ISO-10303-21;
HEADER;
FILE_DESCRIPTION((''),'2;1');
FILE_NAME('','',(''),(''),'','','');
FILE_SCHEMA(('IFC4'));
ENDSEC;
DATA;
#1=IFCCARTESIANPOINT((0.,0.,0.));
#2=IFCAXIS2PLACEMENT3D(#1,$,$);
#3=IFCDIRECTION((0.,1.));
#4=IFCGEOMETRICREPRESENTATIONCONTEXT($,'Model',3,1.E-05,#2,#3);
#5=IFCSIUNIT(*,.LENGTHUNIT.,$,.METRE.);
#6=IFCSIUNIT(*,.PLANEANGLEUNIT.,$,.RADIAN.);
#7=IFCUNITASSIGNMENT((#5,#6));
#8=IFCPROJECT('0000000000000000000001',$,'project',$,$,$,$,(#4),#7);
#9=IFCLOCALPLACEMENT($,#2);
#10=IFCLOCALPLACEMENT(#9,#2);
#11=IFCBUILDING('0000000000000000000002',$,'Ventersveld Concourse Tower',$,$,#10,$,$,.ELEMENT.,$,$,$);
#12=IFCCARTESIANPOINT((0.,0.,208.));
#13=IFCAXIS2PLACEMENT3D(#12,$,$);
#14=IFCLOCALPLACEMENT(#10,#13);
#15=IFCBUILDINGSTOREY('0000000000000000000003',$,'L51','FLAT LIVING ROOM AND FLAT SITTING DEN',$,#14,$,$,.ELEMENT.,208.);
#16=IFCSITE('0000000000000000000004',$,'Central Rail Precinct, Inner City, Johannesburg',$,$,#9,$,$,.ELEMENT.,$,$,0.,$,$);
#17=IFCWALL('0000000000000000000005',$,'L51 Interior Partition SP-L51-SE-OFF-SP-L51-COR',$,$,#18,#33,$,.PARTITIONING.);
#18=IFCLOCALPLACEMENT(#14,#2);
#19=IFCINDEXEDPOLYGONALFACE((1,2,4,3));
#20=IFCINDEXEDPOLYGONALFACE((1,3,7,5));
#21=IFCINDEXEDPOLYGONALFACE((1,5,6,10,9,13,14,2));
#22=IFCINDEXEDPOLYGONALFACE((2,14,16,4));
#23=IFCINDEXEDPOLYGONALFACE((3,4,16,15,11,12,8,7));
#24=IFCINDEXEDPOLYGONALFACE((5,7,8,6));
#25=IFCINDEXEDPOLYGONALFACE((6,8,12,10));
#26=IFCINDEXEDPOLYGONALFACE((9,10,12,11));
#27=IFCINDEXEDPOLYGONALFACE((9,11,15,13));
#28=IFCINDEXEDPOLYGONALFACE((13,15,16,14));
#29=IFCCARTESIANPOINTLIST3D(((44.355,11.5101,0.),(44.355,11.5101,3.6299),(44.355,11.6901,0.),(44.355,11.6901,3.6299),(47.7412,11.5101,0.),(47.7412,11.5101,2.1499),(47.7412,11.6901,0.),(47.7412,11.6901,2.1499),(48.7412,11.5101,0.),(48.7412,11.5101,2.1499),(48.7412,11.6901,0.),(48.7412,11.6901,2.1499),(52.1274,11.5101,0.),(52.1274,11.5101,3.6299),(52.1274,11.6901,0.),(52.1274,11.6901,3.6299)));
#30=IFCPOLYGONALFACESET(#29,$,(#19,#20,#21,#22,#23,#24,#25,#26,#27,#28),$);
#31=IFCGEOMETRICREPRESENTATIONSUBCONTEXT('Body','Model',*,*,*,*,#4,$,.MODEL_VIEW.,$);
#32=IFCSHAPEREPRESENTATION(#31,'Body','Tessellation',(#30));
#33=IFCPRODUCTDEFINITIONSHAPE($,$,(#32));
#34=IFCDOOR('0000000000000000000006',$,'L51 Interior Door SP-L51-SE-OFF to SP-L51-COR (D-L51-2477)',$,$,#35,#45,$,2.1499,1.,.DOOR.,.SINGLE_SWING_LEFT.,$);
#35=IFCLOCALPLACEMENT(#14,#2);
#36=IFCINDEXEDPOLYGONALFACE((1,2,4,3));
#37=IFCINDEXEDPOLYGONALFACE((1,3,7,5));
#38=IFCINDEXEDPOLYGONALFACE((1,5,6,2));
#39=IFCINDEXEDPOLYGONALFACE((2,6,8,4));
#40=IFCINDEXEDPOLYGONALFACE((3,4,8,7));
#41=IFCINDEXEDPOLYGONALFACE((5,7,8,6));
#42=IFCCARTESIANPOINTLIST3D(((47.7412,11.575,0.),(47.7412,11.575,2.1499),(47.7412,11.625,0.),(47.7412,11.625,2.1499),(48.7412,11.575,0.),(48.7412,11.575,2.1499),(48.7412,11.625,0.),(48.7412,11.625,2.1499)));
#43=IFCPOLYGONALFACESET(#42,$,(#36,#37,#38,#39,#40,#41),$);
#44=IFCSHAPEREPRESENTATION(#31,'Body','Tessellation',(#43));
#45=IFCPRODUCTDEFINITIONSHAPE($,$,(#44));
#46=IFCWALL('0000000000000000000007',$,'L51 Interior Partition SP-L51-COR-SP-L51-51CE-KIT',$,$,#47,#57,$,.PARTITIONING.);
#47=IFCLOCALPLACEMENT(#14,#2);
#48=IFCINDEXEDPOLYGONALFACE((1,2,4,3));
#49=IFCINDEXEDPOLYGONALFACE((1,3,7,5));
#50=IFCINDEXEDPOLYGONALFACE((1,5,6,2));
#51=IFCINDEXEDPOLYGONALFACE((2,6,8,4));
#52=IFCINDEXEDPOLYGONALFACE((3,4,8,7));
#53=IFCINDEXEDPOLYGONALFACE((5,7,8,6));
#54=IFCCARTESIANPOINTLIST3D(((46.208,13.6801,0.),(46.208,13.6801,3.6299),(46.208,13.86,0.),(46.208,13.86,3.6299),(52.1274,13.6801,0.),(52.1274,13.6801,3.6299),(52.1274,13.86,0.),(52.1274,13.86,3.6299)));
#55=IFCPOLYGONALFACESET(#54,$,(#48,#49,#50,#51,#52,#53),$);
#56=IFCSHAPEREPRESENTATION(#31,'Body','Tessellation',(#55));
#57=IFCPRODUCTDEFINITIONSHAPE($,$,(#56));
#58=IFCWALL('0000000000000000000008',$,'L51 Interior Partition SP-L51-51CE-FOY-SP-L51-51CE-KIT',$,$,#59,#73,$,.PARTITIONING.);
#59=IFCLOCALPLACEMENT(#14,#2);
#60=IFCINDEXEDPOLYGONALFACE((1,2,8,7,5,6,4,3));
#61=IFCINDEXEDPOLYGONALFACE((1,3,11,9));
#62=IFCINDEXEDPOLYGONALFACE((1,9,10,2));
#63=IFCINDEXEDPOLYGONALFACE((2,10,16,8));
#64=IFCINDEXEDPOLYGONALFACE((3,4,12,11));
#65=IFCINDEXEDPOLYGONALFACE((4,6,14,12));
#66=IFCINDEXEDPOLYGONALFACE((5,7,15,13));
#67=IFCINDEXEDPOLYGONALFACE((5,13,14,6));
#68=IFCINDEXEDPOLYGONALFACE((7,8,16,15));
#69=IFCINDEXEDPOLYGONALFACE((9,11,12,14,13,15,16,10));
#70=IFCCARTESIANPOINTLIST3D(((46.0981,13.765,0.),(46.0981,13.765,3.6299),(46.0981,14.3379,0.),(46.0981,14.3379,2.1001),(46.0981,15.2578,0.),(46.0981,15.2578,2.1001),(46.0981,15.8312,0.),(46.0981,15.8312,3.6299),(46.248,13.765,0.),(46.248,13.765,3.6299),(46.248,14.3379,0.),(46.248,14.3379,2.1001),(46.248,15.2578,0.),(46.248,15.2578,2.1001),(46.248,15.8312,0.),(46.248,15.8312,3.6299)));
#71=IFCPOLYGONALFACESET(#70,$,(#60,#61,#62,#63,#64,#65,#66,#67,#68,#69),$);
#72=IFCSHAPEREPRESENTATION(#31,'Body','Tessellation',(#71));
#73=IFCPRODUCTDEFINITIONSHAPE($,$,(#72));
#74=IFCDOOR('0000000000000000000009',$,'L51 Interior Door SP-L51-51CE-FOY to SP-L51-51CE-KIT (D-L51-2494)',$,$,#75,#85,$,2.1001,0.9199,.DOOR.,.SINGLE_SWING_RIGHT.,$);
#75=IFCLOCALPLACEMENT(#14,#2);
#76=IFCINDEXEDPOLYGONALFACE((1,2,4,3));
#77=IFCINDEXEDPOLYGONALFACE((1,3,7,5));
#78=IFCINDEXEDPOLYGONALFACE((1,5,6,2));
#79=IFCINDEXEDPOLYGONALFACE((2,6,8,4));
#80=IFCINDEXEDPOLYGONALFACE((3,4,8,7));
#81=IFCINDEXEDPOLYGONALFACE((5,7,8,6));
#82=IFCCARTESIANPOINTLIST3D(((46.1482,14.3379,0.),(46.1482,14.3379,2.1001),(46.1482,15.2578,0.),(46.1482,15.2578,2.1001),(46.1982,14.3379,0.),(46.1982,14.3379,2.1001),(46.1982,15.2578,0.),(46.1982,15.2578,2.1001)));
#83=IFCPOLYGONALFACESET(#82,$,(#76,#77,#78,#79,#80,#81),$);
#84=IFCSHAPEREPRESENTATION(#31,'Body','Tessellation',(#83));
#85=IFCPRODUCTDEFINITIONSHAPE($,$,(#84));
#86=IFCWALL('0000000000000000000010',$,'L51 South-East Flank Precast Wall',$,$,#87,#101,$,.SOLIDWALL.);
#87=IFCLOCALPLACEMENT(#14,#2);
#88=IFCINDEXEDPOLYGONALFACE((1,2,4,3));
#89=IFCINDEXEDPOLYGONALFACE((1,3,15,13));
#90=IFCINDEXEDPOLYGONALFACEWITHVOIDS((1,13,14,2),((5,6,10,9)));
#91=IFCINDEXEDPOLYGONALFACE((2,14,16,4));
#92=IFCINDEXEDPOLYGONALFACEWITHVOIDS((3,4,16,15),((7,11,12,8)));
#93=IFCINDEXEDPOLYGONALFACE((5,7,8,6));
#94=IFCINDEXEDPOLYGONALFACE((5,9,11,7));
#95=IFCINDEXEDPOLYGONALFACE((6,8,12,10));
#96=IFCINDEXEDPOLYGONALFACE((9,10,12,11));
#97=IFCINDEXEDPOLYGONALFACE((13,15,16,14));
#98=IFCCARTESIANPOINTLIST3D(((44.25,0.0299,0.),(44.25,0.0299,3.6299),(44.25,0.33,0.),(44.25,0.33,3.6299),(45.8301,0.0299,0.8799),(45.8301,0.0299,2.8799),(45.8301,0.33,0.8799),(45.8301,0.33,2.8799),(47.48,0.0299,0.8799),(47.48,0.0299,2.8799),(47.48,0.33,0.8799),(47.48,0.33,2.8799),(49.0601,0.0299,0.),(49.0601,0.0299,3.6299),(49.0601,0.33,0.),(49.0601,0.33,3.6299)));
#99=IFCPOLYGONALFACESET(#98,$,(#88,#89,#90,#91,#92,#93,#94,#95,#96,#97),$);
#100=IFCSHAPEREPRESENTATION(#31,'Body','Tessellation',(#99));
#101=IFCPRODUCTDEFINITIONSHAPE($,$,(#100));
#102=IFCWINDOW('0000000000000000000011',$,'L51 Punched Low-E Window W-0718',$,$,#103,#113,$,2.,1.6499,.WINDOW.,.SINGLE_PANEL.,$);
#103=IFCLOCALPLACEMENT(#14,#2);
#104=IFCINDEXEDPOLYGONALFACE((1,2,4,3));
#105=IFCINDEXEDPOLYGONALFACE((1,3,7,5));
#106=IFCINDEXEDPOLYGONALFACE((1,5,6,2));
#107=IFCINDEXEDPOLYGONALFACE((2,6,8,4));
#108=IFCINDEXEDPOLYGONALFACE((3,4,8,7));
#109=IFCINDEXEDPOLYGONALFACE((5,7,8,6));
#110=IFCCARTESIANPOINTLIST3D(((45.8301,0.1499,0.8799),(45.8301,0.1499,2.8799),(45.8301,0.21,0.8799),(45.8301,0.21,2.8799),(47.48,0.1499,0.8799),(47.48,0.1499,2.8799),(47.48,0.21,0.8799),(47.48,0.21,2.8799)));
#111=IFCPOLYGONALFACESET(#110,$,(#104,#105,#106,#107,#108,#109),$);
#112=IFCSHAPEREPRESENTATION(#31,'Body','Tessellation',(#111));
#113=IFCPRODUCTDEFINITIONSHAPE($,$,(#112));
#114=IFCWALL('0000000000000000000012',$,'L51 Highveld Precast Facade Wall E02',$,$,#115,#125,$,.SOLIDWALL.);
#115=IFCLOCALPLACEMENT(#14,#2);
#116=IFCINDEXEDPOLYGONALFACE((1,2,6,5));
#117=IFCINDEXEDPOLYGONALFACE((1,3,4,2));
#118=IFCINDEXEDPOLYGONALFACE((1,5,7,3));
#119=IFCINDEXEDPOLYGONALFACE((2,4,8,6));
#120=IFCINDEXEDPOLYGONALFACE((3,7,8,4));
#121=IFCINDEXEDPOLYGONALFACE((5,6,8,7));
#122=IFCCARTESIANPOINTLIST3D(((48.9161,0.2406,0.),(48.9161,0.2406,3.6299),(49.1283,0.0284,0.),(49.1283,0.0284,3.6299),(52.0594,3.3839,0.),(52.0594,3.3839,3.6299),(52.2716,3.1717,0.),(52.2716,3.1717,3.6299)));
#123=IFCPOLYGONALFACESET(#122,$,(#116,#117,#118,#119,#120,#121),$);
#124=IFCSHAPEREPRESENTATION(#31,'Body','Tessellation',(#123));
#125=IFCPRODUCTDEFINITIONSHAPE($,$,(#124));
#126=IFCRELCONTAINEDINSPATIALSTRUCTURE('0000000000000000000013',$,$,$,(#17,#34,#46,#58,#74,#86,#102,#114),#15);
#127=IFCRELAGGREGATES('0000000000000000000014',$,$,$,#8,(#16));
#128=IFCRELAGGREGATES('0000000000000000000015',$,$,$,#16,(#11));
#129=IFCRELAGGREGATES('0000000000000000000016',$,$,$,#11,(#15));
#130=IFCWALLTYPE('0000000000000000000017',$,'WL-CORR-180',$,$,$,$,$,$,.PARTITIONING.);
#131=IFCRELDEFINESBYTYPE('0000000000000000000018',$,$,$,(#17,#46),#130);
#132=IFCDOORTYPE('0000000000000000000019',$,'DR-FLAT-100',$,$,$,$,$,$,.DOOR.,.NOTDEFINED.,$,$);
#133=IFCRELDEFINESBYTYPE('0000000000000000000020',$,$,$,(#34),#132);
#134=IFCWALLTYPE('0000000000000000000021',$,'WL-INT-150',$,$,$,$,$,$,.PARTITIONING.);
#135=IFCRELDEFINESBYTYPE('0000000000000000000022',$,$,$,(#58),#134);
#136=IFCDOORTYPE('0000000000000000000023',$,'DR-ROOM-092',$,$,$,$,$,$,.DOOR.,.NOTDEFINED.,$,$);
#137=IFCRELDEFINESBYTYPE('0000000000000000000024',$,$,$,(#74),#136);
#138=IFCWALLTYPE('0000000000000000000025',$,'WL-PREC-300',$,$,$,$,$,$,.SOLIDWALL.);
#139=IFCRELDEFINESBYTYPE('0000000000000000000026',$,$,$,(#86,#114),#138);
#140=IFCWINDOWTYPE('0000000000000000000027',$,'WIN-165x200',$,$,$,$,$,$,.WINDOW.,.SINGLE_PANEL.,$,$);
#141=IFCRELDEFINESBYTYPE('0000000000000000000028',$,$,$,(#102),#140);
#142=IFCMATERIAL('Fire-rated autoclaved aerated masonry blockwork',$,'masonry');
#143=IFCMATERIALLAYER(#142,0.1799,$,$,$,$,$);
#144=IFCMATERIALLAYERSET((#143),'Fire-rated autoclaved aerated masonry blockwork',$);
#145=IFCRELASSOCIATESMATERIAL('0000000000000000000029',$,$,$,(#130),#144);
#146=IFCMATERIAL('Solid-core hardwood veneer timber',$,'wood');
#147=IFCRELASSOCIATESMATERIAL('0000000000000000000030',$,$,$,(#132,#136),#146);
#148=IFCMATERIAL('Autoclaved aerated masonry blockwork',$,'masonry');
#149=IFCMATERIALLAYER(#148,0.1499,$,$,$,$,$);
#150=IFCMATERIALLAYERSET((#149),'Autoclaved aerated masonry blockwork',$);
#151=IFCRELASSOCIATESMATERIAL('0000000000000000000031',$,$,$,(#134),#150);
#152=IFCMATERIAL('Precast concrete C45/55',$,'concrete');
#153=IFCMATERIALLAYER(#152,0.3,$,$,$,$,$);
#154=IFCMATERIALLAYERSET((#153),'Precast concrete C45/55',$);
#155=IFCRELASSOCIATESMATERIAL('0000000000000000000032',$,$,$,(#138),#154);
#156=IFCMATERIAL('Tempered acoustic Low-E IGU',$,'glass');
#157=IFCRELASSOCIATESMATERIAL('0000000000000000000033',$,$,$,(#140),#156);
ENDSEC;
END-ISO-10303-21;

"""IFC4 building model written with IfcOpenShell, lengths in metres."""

from ifc_helpers import new_model, si_unit, direction, frame, frame_2d, origin, place, context, subcontext, project, spatial, rectangle, extrude, material, layer, layer_set, type_object, element, fill, save


model = new_model("IFC4")

# Units and contexts
model_context = context("Model", 3, precision=1e-05, world=origin(), true_north=direction((0.0, 1.0)))
body_context = subcontext(model_context, "Body", "Model", "MODEL_VIEW")
ifc_project = project(units=[si_unit("LENGTHUNIT", "METRE"), si_unit("PLANEANGLEUNIT", "RADIAN")], contexts=[model_context])

# Site, building, storey
site_placement = place(None, origin())
site = spatial("IfcSite", under=ifc_project, at=site_placement, Name="Central Rail Precinct, Inner City, Johannesburg", CompositionType="ELEMENT", RefElevation=0.0)
building_placement = place(site_placement, origin())
building = spatial("IfcBuilding", under=site, at=building_placement, Name="Ventersveld Concourse Tower", CompositionType="ELEMENT")
storey_placement = place(building_placement, frame((0.0, 0.0, 208.0)))
storey = spatial("IfcBuildingStorey", under=building, at=storey_placement, Name="L51", Description="FLAT LIVING ROOM AND FLAT SITTING DEN", CompositionType="ELEMENT", Elevation=208.0)

# Wall, opening, door
ifc_material_1 = material(Name="Fire-rated autoclaved aerated masonry blockwork", Category="masonry")
ifc_layer_1 = layer(ifc_material_1, 0.1799)
ifc_layer_set_1 = layer_set([ifc_layer_1], Name="Fire-rated autoclaved aerated masonry blockwork")
wall_type_1 = type_object("IfcWallType", Name="WL-CORR-180", PredefinedType="PARTITIONING", material=ifc_layer_set_1)
wall_1_placement = place(storey_placement, frame((44.355, 11.6001, 0.0), z_axis=(0.0, 0.0, 1.0), x_axis=(1.0, 0.0, 0.0)))
wall_1 = element("IfcWall", 1, at=wall_1_placement, inside=storey, type_object=wall_type_1, Name="L51 Interior Partition SP-L51-SE-OFF-SP-L51-COR", PredefinedType="PARTITIONING", context=body_context, shape_type="SweptSolid", body=[
    extrude(rectangle(XDim=7.7725, YDim=0.1799, at=frame_2d((3.8862, 0.0))), origin(), (0.0, 0.0, 1.0), 3.6299),
])
opening_1_placement = place(wall_1_placement, frame((3.3862, 0.0, 0.0)))
opening_1 = element("IfcOpeningElement", 2, at=opening_1_placement, cuts=wall_1, PredefinedType="OPENING", context=body_context, shape_type="SweptSolid", body=[
    extrude(rectangle(XDim=1.0, YDim=2.1499, at=frame_2d((0.5, 1.075))), frame((0.0, 0.1001, 0.0), z_axis=(0.0, -1.0, 0.0), x_axis=(1.0, 0.0, 0.0)), (0.0, 0.0, 1.0), 0.2),
])
ifc_material_2 = material(Name="Solid-core hardwood veneer timber", Category="wood")
door_type_1 = type_object("IfcDoorType", Name="DR-FLAT-100", OperationType="NOTDEFINED", PredefinedType="DOOR", material=ifc_material_2)
door_1_placement = place(opening_1_placement, origin())
door_1 = element("IfcDoor", 3, at=door_1_placement, inside=storey, type_object=door_type_1, Name="L51 Interior Door SP-L51-SE-OFF to SP-L51-COR (D-L51-2477)", OperationType="SINGLE_SWING_LEFT", OverallHeight=2.1499, OverallWidth=1.0, PredefinedType="DOOR", context=body_context, shape_type="SweptSolid", body=[
    extrude(rectangle(XDim=1.0, YDim=2.1499, at=frame_2d((0.5, 1.075))), frame((0.0, 0.0249, 0.0), z_axis=(0.0, -1.0, 0.0), x_axis=(1.0, 0.0, 0.0)), (0.0, 0.0, 1.0), 0.05),
])
fill(opening_1, door_1)

# Wall
wall_2_placement = place(storey_placement, frame((46.208, 13.77, 0.0), z_axis=(0.0, 0.0, 1.0), x_axis=(1.0, 0.0, 0.0)))
element("IfcWall", 4, at=wall_2_placement, inside=storey, type_object=wall_type_1, Name="L51 Interior Partition SP-L51-COR-SP-L51-51CE-KIT", PredefinedType="PARTITIONING", context=body_context, shape_type="SweptSolid", body=[
    extrude(rectangle(XDim=5.9194, YDim=0.1799, at=frame_2d((2.9597, 0.0))), origin(), (0.0, 0.0, 1.0), 3.6299),
])

# Wall, opening, door
ifc_material_3 = material(Name="Autoclaved aerated masonry blockwork", Category="masonry")
ifc_layer_2 = layer(ifc_material_3, 0.1499)
ifc_layer_set_2 = layer_set([ifc_layer_2], Name="Autoclaved aerated masonry blockwork")
wall_type_2 = type_object("IfcWallType", Name="WL-INT-150", PredefinedType="PARTITIONING", material=ifc_layer_set_2)
wall_3_placement = place(storey_placement, frame((46.1731, 13.7649, 0.0), z_axis=(0.0, 0.0, 1.0), x_axis=(0.0, 1.0, 0.0)))
wall_3 = element("IfcWall", 5, at=wall_3_placement, inside=storey, type_object=wall_type_2, Name="L51 Interior Partition SP-L51-51CE-FOY-SP-L51-51CE-KIT", PredefinedType="PARTITIONING", context=body_context, shape_type="SweptSolid", body=[
    extrude(rectangle(XDim=2.0662, YDim=0.1499, at=frame_2d((1.0332, 0.0))), origin(), (0.0, 0.0, 1.0), 3.6299),
])
opening_2_placement = place(wall_3_placement, frame((0.573, 0.0, 0.0)))
opening_2 = element("IfcOpeningElement", 6, at=opening_2_placement, cuts=wall_3, PredefinedType="OPENING", context=body_context, shape_type="SweptSolid", body=[
    extrude(rectangle(XDim=0.9199, YDim=2.1001, at=frame_2d((0.46, 1.05))), frame((0.0, 0.085, 0.0), z_axis=(0.0, -1.0, 0.0), x_axis=(1.0, 0.0, 0.0)), (0.0, 0.0, 1.0), 0.1699),
])
door_type_2 = type_object("IfcDoorType", Name="DR-ROOM-092", OperationType="NOTDEFINED", PredefinedType="DOOR", material=ifc_material_2)
door_2_placement = place(opening_2_placement, origin())
door_2 = element("IfcDoor", 7, at=door_2_placement, inside=storey, type_object=door_type_2, Name="L51 Interior Door SP-L51-51CE-FOY to SP-L51-51CE-KIT (D-L51-2494)", OperationType="SINGLE_SWING_RIGHT", OverallHeight=2.1001, OverallWidth=0.9199, PredefinedType="DOOR", context=body_context, shape_type="SweptSolid", body=[
    extrude(rectangle(XDim=0.9199, YDim=2.1001, at=frame_2d((0.46, 1.05))), frame((0.0, 0.0249, 0.0), z_axis=(0.0, -1.0, 0.0), x_axis=(1.0, 0.0, 0.0)), (0.0, 0.0, 1.0), 0.05),
])
fill(opening_2, door_2)

# Wall, opening, window
ifc_material_4 = material(Name="Precast concrete C45/55", Category="concrete")
ifc_layer_3 = layer(ifc_material_4, 0.3)
ifc_layer_set_3 = layer_set([ifc_layer_3], Name="Precast concrete C45/55")
wall_type_3 = type_object("IfcWallType", Name="WL-PREC-300", PredefinedType="SOLIDWALL", material=ifc_layer_set_3)
wall_4_placement = place(storey_placement, frame((44.25, 0.1799, 0.0), z_axis=(0.0, 0.0, 1.0), x_axis=(1.0, 0.0, 0.0)))
wall_4 = element("IfcWall", 8, at=wall_4_placement, inside=storey, type_object=wall_type_3, Name="L51 South-East Flank Precast Wall", PredefinedType="SOLIDWALL", context=body_context, shape_type="SweptSolid", body=[
    extrude(rectangle(XDim=4.8101, YDim=0.3, at=frame_2d((2.405, 0.0))), origin(), (0.0, 0.0, 1.0), 3.6299),
])
opening_3_placement = place(wall_4_placement, frame((1.5801, 0.0, 0.8799)))
opening_3 = element("IfcOpeningElement", 9, at=opening_3_placement, cuts=wall_4, PredefinedType="OPENING", context=body_context, shape_type="SweptSolid", body=[
    extrude(rectangle(XDim=1.6499, YDim=2.0, at=frame_2d((0.825, 1.0))), frame((0.0, 0.1602, 0.0), z_axis=(0.0, -1.0, 0.0), x_axis=(1.0, 0.0, 0.0)), (0.0, 0.0, 1.0), 0.3201),
])
ifc_material_5 = material(Name="Tempered acoustic Low-E IGU", Category="glass")
window_type_1 = type_object("IfcWindowType", Name="WIN-165x200", PartitioningType="SINGLE_PANEL", PredefinedType="WINDOW", material=ifc_material_5)
window_1_placement = place(opening_3_placement, origin())
window_1 = element("IfcWindow", 10, at=window_1_placement, inside=storey, type_object=window_type_1, Name="L51 Punched Low-E Window W-0718", OverallHeight=2.0, OverallWidth=1.6499, PartitioningType="SINGLE_PANEL", PredefinedType="WINDOW", context=body_context, shape_type="SweptSolid", body=[
    extrude(rectangle(XDim=1.6499, YDim=2.0, at=frame_2d((0.825, 1.0))), frame((0.0, 0.03, 0.0), z_axis=(0.0, -1.0, 0.0), x_axis=(1.0, 0.0, 0.0)), (0.0, 0.0, 1.0), 0.0601),
])
fill(opening_3, window_1)

# Wall
wall_5_placement = place(storey_placement, frame((49.0222, 0.1345, 0.0), z_axis=(0.0, 0.0, 1.0), x_axis=(0.707107, 0.707107, 0.0)))
element("IfcWall", 11, at=wall_5_placement, inside=storey, type_object=wall_type_3, Name="L51 Highveld Precast Facade Wall E02", PredefinedType="SOLIDWALL", context=body_context, shape_type="SweptSolid", body=[
    extrude(rectangle(XDim=4.4453, YDim=0.3, at=frame_2d((2.2227, 0.0))), origin(), (0.0, 0.0, 1.0), 3.6299),
])

save(model, "model.ifc")
